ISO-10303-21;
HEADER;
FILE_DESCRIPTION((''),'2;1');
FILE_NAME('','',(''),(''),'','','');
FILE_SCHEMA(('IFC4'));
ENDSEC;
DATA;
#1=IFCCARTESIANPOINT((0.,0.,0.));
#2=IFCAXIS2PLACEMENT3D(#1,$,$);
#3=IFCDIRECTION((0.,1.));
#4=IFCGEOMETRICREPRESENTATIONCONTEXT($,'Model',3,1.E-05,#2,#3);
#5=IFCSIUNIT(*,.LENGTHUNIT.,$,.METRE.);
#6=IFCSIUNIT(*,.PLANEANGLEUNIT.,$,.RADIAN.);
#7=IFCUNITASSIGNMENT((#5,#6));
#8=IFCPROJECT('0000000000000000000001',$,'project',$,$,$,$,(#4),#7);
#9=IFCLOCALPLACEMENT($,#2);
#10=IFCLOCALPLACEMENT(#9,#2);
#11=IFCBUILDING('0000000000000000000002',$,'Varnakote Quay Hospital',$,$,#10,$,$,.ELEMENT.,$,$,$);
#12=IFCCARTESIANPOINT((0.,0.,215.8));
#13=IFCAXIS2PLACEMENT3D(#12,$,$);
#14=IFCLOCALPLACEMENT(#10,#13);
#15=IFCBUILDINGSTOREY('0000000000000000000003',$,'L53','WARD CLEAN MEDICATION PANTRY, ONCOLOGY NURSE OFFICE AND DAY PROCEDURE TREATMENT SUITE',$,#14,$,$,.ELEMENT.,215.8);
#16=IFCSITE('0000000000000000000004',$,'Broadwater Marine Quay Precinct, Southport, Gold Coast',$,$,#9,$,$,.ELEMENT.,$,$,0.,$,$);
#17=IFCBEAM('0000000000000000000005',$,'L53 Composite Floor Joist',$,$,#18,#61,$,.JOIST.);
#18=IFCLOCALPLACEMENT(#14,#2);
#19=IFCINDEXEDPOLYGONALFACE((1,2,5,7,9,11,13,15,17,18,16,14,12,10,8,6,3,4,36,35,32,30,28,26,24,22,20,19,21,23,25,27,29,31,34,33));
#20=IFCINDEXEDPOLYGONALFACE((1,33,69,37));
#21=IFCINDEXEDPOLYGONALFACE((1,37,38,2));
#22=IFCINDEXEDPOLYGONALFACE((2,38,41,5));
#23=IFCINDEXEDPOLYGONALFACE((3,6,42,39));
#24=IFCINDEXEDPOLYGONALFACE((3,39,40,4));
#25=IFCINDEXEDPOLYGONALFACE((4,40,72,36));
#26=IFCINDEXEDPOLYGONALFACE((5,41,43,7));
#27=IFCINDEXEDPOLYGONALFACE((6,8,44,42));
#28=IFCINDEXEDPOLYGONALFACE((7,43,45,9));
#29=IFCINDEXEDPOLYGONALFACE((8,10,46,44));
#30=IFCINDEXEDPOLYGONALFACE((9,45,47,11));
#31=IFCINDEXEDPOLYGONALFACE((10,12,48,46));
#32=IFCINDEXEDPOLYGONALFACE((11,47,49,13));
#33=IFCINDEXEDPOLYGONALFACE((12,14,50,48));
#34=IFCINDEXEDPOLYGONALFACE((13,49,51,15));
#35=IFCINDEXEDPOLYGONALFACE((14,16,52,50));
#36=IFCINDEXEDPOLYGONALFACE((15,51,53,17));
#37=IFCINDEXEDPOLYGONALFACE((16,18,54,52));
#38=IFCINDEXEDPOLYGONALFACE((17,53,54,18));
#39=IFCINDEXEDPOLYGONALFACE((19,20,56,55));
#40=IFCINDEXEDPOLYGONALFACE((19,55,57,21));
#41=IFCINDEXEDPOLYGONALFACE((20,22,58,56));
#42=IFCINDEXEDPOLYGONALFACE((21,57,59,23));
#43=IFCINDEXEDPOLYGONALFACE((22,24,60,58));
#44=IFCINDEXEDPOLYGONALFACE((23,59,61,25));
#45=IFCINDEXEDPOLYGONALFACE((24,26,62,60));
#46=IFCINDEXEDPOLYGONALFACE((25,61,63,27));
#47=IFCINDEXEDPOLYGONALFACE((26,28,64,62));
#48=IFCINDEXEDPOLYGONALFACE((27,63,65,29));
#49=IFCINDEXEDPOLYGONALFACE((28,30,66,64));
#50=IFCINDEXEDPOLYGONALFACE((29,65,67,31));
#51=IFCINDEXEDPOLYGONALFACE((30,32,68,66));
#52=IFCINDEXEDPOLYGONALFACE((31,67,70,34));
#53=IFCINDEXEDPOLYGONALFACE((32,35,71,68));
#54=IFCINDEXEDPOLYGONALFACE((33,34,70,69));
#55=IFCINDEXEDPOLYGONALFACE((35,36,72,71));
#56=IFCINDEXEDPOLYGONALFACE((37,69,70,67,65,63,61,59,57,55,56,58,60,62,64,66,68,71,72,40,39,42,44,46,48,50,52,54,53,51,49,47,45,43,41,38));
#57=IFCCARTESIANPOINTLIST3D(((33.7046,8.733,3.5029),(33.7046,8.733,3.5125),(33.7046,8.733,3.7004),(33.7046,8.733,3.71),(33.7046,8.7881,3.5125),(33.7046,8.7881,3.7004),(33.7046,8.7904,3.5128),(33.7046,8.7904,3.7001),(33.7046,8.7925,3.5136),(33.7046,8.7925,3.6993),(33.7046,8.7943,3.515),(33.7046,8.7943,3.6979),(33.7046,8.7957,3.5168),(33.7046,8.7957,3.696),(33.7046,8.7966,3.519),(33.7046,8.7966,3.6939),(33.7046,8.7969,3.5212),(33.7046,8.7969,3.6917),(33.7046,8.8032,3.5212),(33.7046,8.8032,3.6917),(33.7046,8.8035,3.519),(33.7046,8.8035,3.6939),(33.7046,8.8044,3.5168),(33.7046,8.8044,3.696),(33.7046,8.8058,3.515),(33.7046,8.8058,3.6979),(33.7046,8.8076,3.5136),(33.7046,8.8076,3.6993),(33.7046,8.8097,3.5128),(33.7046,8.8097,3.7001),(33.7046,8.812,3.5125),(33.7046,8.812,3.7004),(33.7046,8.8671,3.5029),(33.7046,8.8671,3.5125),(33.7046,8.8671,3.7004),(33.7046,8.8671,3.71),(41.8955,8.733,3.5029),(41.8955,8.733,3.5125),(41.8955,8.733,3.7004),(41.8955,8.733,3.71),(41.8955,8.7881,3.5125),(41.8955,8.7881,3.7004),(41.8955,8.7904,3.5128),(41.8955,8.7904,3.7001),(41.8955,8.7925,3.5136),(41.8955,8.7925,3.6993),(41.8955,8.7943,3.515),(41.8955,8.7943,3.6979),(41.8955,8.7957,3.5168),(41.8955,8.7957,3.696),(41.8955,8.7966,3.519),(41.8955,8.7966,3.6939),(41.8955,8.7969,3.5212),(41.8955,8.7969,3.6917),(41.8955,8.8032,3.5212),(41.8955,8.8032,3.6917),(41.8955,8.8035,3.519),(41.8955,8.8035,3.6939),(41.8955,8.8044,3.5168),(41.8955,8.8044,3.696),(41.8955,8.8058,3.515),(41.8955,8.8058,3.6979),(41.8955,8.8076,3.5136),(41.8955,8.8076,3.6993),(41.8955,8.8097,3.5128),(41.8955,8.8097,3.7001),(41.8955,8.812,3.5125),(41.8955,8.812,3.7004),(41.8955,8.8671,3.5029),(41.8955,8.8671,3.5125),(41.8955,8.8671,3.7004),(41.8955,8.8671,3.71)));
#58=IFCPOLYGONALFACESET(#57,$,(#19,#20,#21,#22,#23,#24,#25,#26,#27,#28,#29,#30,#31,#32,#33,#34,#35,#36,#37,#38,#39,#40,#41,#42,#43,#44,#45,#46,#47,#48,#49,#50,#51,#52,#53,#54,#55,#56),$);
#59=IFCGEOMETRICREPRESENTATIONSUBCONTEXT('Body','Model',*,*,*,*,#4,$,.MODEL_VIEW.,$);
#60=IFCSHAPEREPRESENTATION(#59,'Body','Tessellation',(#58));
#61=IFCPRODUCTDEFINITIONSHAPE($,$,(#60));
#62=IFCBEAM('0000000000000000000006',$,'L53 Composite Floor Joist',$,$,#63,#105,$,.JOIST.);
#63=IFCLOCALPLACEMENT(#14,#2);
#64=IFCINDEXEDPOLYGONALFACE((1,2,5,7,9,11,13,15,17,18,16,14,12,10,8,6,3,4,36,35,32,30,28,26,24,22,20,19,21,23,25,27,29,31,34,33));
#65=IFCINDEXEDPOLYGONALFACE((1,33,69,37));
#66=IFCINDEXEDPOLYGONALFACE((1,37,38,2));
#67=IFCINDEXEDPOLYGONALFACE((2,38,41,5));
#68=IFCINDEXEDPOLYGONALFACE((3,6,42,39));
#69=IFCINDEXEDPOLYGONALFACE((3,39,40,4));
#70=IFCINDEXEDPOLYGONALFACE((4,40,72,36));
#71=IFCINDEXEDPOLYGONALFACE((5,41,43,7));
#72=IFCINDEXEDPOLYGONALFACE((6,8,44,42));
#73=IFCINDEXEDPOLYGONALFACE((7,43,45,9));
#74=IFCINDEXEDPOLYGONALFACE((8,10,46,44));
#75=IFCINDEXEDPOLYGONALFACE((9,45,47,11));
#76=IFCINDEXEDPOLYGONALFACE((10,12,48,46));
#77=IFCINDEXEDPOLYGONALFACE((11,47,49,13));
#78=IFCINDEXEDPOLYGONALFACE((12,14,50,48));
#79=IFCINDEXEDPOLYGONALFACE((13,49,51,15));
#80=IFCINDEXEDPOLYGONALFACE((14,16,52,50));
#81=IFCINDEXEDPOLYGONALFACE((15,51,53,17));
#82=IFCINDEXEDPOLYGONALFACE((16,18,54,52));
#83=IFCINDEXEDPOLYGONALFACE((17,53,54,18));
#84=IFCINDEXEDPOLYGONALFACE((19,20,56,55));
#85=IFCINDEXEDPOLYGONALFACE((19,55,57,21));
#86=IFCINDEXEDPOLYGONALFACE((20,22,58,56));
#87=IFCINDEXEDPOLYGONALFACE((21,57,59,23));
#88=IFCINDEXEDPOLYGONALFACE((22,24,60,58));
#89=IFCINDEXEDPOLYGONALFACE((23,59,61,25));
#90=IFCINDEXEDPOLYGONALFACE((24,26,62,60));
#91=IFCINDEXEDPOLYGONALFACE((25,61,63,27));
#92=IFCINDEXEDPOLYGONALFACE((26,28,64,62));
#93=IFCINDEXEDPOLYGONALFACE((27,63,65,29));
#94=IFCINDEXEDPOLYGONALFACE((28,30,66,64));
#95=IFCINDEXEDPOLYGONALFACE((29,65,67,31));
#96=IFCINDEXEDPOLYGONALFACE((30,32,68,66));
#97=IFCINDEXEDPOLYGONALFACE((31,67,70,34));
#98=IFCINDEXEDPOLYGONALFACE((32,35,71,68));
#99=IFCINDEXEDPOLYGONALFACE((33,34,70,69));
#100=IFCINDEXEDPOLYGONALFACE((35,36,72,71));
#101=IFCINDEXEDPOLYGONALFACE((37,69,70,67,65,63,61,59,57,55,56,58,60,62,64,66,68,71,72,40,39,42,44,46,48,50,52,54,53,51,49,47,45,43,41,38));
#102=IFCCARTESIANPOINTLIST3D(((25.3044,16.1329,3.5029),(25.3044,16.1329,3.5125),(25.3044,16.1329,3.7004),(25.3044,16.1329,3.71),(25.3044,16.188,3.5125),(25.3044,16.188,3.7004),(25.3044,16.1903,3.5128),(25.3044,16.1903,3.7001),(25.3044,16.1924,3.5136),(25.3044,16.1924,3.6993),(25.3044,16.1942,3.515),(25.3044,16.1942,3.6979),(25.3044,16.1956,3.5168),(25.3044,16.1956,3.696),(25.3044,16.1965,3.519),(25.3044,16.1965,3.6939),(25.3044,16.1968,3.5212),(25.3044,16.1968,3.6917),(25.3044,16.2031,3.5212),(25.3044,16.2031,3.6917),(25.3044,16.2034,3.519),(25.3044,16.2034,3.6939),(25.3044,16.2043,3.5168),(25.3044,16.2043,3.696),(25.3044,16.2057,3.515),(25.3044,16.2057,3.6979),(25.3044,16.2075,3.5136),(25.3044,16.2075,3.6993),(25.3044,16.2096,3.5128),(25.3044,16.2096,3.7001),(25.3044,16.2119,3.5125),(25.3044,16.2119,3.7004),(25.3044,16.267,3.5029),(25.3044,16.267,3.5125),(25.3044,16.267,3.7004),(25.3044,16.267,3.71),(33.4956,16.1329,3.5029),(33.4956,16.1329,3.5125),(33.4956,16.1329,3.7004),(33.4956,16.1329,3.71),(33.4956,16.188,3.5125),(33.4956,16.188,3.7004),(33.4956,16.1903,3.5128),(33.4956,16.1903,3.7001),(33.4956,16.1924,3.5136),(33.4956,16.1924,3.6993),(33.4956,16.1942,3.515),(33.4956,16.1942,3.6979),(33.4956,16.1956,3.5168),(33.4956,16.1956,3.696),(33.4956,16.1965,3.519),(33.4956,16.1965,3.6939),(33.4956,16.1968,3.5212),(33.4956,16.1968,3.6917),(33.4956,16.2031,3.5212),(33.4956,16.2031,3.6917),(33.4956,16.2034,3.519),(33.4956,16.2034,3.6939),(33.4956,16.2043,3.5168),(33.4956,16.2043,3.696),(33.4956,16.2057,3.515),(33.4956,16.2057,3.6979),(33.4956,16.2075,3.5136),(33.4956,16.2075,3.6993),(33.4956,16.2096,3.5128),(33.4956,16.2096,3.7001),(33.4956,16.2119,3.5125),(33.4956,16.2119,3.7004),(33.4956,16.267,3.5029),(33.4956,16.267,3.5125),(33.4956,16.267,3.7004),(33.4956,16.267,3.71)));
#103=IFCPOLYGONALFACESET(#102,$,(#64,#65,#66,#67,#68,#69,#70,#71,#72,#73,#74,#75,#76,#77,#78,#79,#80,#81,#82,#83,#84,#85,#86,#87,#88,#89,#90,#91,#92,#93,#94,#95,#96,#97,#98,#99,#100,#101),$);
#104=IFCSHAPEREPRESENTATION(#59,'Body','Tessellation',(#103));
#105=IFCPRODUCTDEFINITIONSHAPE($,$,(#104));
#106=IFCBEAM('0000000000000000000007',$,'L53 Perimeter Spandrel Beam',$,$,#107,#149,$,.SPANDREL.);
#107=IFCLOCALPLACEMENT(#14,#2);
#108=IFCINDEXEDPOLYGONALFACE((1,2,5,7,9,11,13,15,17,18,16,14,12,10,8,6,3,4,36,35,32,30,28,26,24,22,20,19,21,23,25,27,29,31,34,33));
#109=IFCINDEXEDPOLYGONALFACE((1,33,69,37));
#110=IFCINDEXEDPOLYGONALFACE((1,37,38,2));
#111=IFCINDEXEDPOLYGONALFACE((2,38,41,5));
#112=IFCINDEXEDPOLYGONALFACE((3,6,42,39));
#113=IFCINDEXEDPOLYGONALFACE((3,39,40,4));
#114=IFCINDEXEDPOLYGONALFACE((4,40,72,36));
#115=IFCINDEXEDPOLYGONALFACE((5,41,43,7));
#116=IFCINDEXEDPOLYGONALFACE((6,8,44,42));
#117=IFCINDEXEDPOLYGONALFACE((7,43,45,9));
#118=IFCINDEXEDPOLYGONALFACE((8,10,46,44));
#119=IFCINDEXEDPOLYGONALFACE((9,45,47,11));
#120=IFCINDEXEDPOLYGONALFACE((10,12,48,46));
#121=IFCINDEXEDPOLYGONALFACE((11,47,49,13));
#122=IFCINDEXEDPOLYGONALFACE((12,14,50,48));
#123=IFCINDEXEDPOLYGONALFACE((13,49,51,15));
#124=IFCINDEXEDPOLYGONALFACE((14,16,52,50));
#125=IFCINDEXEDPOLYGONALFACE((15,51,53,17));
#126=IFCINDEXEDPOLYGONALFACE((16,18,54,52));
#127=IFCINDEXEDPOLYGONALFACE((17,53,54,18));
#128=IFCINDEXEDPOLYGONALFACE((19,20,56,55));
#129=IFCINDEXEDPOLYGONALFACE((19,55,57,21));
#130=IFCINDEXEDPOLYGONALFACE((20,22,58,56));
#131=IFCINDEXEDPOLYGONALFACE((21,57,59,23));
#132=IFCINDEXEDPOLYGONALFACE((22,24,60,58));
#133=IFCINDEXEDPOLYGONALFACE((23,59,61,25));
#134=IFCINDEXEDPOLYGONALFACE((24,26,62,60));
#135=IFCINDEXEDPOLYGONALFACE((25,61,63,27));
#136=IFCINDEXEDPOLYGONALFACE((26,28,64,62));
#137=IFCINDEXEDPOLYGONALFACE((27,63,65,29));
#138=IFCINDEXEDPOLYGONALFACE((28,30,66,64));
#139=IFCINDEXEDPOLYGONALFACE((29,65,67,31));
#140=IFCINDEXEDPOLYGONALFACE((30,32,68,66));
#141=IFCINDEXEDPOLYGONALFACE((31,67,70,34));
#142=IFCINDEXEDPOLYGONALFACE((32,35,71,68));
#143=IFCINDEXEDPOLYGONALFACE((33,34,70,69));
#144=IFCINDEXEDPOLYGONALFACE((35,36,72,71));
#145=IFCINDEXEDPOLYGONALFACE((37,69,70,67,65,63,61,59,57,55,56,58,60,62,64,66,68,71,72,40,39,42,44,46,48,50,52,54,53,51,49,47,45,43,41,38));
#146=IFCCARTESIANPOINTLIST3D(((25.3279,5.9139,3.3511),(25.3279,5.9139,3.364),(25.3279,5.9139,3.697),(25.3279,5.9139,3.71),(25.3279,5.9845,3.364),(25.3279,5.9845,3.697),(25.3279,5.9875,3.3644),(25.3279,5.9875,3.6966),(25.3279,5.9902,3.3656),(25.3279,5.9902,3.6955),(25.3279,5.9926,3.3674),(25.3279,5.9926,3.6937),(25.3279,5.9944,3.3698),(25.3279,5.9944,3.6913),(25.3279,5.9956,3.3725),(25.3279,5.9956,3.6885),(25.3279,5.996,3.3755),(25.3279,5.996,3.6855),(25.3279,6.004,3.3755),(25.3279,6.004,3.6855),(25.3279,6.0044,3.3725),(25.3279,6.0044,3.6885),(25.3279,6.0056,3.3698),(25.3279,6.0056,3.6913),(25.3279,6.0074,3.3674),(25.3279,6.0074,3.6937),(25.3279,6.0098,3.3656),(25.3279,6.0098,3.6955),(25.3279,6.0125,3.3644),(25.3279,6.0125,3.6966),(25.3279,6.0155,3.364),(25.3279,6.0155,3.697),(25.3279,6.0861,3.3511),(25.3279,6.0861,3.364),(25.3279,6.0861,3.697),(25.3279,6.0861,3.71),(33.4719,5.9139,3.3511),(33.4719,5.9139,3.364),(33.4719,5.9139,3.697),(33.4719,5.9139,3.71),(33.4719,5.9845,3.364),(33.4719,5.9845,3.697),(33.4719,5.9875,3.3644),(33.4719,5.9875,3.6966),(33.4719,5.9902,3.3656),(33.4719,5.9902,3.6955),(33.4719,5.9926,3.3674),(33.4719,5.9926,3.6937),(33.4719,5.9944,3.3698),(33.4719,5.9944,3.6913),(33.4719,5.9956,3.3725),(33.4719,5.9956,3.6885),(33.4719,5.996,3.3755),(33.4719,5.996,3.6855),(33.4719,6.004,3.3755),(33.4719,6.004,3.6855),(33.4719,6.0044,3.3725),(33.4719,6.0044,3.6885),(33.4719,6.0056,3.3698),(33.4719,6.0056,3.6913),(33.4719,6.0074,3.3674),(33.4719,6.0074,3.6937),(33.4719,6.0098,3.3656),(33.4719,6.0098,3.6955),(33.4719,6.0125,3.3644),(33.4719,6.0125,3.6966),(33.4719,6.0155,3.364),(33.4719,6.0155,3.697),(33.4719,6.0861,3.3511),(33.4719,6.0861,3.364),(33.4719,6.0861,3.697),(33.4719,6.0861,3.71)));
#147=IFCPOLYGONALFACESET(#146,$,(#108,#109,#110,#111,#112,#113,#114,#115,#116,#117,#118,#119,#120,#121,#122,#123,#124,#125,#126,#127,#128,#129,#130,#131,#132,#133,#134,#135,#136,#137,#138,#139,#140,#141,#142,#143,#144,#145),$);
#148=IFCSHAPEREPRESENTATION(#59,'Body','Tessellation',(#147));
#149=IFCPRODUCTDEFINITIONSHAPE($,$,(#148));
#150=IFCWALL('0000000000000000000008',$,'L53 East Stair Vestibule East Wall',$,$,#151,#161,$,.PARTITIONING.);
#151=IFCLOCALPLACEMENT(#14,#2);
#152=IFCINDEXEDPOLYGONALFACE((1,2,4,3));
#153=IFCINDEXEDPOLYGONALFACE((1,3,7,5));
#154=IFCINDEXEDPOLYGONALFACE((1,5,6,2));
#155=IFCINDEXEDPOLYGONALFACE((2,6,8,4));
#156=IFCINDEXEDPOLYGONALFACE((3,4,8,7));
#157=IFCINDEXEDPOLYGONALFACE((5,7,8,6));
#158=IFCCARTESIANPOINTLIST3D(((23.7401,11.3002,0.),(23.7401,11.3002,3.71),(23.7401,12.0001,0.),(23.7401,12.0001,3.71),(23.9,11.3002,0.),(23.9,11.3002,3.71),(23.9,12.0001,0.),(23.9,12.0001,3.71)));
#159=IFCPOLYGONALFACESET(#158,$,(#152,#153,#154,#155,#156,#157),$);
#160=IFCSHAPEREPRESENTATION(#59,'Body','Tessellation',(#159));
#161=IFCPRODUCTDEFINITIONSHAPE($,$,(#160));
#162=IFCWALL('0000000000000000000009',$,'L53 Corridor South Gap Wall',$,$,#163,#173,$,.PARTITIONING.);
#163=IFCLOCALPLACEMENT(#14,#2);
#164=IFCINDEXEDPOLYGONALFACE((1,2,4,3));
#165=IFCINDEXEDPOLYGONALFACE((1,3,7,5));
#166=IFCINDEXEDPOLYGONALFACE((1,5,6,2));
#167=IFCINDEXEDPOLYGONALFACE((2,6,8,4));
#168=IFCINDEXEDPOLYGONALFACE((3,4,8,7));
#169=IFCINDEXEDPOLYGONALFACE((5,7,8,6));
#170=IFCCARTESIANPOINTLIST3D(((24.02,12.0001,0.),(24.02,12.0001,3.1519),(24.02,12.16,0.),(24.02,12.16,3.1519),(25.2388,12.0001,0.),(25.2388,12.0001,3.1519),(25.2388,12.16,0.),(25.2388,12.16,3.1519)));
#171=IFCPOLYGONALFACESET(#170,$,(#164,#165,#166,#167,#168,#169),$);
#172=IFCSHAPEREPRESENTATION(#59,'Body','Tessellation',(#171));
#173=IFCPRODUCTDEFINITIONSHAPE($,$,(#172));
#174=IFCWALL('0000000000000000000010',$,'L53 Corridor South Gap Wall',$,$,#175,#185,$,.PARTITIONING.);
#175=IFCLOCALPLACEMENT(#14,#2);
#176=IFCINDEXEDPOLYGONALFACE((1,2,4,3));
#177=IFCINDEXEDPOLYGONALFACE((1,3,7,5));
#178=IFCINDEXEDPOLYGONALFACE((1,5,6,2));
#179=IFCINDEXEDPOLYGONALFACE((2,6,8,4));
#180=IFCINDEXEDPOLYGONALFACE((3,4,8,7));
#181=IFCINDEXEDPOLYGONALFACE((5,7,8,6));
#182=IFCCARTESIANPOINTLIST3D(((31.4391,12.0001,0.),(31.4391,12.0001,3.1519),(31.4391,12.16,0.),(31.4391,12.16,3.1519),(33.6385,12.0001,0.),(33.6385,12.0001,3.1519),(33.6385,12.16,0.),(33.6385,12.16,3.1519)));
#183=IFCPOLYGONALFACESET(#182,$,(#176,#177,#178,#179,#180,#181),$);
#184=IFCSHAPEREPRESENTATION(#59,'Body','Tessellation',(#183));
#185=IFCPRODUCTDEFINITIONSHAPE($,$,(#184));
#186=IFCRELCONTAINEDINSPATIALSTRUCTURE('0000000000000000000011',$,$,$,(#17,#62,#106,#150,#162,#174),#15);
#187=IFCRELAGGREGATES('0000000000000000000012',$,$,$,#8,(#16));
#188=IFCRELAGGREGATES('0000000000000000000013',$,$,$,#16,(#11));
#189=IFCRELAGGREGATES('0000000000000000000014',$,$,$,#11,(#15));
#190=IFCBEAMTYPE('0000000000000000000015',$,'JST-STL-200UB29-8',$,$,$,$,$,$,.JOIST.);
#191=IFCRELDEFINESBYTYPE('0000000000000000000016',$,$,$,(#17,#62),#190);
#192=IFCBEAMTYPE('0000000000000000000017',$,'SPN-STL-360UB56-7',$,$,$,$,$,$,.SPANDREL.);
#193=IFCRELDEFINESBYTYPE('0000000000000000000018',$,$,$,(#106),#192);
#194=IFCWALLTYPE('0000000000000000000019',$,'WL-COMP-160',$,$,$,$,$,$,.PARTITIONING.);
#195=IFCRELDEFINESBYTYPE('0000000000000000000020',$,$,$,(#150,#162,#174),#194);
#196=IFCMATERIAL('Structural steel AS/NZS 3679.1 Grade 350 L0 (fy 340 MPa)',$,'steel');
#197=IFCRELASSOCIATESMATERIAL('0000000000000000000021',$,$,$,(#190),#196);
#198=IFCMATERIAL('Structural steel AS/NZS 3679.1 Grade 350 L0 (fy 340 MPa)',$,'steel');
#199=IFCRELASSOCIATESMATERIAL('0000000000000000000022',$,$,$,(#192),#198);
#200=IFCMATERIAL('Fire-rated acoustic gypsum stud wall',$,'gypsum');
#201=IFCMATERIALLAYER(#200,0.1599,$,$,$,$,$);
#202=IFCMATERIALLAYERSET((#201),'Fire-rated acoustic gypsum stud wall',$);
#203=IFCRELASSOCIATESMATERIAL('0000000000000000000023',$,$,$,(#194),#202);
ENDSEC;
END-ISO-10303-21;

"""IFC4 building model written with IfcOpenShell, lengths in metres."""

from ifc_helpers import new_model, si_unit, direction, frame, frame_2d, origin, origin_2d, place, context, subcontext, project, spatial, rectangle, i_section, extrude, material, layer, layer_set, material_profile, profile_set, type_object, element, save


model = new_model("IFC4")

# Units and contexts
model_context = context("Model", 3, precision=1e-05, world=origin(), true_north=direction((0.0, 1.0)))
body_context = subcontext(model_context, "Body", "Model", "MODEL_VIEW")
ifc_project = project(units=[si_unit("LENGTHUNIT", "METRE"), si_unit("PLANEANGLEUNIT", "RADIAN")], contexts=[model_context])

# Site, building, storey
site_placement = place(None, origin())
site = spatial("IfcSite", under=ifc_project, at=site_placement, Name="Broadwater Marine Quay Precinct, Southport, Gold Coast", CompositionType="ELEMENT", RefElevation=0.0)
building_placement = place(site_placement, origin())
building = spatial("IfcBuilding", under=site, at=building_placement, Name="Varnakote Quay Hospital", CompositionType="ELEMENT")
storey_placement = place(building_placement, frame((0.0, 0.0, 215.8)))
storey = spatial("IfcBuildingStorey", under=building, at=storey_placement, Name="L53", Description="WARD CLEAN MEDICATION PANTRY, ONCOLOGY NURSE OFFICE AND DAY PROCEDURE TREATMENT SUITE", CompositionType="ELEMENT", Elevation=215.8)

# Beams
ifc_material_1 = material(Name="Structural steel AS/NZS 3679.1 Grade 350 L0 (fy 340 MPa)", Category="steel")
ifc_material_profile_1 = material_profile(ifc_material_1, i_section(OverallWidth=0.134, OverallDepth=0.207, WebThickness=0.0063, FlangeThickness=0.0095, FilletRadius=0.0088, at=origin_2d()), Name="200UB29.8")
ifc_profile_set_1 = profile_set([ifc_material_profile_1], Name="Structural steel AS/NZS 3679.1 Grade 350 L0 (fy 340 MPa)")
beam_type_1 = type_object("IfcBeamType", Name="JST-STL-200UB29-8", PredefinedType="JOIST", material=ifc_profile_set_1)
beam_1_placement = place(storey_placement, frame((33.7046, 8.8, 3.6064), z_axis=(1.0, 0.0, 0.0), x_axis=(0.0, 1.0, 0.0)))
element("IfcBeam", 1, at=beam_1_placement, inside=storey, type_object=beam_type_1, Name="L53 Composite Floor Joist", PredefinedType="JOIST", context=body_context, shape_type="SweptSolid", body=[
    extrude(i_section(OverallWidth=0.134, OverallDepth=0.207, WebThickness=0.0063, FlangeThickness=0.0095, FilletRadius=0.0088, at=origin_2d()), origin(), (0.0, 0.0, 1.0), 8.1909),
])
beam_2_placement = place(storey_placement, frame((25.3044, 16.2, 3.6064), z_axis=(1.0, 0.0, 0.0), x_axis=(0.0, 1.0, 0.0)))
element("IfcBeam", 2, at=beam_2_placement, inside=storey, type_object=beam_type_1, Name="L53 Composite Floor Joist", PredefinedType="JOIST", context=body_context, shape_type="SweptSolid", body=[
    extrude(i_section(OverallWidth=0.134, OverallDepth=0.207, WebThickness=0.0063, FlangeThickness=0.0095, FilletRadius=0.0088, at=origin_2d()), origin(), (0.0, 0.0, 1.0), 8.1912),
])
ifc_material_2 = material(Name="Structural steel AS/NZS 3679.1 Grade 350 L0 (fy 340 MPa)", Category="steel")
ifc_material_profile_2 = material_profile(ifc_material_2, i_section(OverallWidth=0.1721, OverallDepth=0.3589, WebThickness=0.0081, FlangeThickness=0.0129, FilletRadius=0.0115, at=origin_2d()), Name="360UB56.7")
ifc_profile_set_2 = profile_set([ifc_material_profile_2], Name="Structural steel AS/NZS 3679.1 Grade 350 L0 (fy 340 MPa)")
beam_type_2 = type_object("IfcBeamType", Name="SPN-STL-360UB56-7", PredefinedType="SPANDREL", material=ifc_profile_set_2)
beam_3_placement = place(storey_placement, frame((25.3279, 6.0, 3.5305), z_axis=(1.0, 0.0, 0.0), x_axis=(0.0, 1.0, 0.0)))
element("IfcBeam", 3, at=beam_3_placement, inside=storey, type_object=beam_type_2, Name="L53 Perimeter Spandrel Beam", PredefinedType="SPANDREL", context=body_context, shape_type="SweptSolid", body=[
    extrude(i_section(OverallWidth=0.1721, OverallDepth=0.3589, WebThickness=0.0081, FlangeThickness=0.0129, FilletRadius=0.0115, at=origin_2d()), origin(), (0.0, 0.0, 1.0), 8.144),
])

# Walls
ifc_material_3 = material(Name="Fire-rated acoustic gypsum stud wall", Category="gypsum")
ifc_layer_1 = layer(ifc_material_3, 0.1599)
ifc_layer_set_1 = layer_set([ifc_layer_1], Name="Fire-rated acoustic gypsum stud wall")
wall_type_1 = type_object("IfcWallType", Name="WL-COMP-160", PredefinedType="PARTITIONING", material=ifc_layer_set_1)
wall_1_placement = place(storey_placement, frame((23.8201, 11.3, 0.0), z_axis=(0.0, 0.0, 1.0), x_axis=(0.0, 1.0, 0.0)))
element("IfcWall", 4, at=wall_1_placement, inside=storey, type_object=wall_type_1, Name="L53 East Stair Vestibule East Wall", PredefinedType="PARTITIONING", context=body_context, shape_type="SweptSolid", body=[
    extrude(rectangle(XDim=0.7, YDim=0.1599, at=frame_2d((0.3501, 0.0))), origin(), (0.0, 0.0, 1.0), 3.71),
])
wall_2_placement = place(storey_placement, frame((24.02, 12.0801, 0.0), z_axis=(0.0, 0.0, 1.0), x_axis=(1.0, 0.0, 0.0)))
element("IfcWall", 5, at=wall_2_placement, inside=storey, type_object=wall_type_1, Name="L53 Corridor South Gap Wall", PredefinedType="PARTITIONING", context=body_context, shape_type="SweptSolid", body=[
    extrude(rectangle(XDim=1.2188, YDim=0.1599, at=frame_2d((0.6094, 0.0))), origin(), (0.0, 0.0, 1.0), 3.1519),
])
wall_3_placement = place(storey_placement, frame((31.4392, 12.0801, 0.0), z_axis=(0.0, 0.0, 1.0), x_axis=(1.0, 0.0, 0.0)))
element("IfcWall", 6, at=wall_3_placement, inside=storey, type_object=wall_type_1, Name="L53 Corridor South Gap Wall", PredefinedType="PARTITIONING", context=body_context, shape_type="SweptSolid", body=[
    extrude(rectangle(XDim=2.1995, YDim=0.1599, at=frame_2d((1.0996, 0.0))), origin(), (0.0, 0.0, 1.0), 3.1519),
])

save(model, "model.ifc")
